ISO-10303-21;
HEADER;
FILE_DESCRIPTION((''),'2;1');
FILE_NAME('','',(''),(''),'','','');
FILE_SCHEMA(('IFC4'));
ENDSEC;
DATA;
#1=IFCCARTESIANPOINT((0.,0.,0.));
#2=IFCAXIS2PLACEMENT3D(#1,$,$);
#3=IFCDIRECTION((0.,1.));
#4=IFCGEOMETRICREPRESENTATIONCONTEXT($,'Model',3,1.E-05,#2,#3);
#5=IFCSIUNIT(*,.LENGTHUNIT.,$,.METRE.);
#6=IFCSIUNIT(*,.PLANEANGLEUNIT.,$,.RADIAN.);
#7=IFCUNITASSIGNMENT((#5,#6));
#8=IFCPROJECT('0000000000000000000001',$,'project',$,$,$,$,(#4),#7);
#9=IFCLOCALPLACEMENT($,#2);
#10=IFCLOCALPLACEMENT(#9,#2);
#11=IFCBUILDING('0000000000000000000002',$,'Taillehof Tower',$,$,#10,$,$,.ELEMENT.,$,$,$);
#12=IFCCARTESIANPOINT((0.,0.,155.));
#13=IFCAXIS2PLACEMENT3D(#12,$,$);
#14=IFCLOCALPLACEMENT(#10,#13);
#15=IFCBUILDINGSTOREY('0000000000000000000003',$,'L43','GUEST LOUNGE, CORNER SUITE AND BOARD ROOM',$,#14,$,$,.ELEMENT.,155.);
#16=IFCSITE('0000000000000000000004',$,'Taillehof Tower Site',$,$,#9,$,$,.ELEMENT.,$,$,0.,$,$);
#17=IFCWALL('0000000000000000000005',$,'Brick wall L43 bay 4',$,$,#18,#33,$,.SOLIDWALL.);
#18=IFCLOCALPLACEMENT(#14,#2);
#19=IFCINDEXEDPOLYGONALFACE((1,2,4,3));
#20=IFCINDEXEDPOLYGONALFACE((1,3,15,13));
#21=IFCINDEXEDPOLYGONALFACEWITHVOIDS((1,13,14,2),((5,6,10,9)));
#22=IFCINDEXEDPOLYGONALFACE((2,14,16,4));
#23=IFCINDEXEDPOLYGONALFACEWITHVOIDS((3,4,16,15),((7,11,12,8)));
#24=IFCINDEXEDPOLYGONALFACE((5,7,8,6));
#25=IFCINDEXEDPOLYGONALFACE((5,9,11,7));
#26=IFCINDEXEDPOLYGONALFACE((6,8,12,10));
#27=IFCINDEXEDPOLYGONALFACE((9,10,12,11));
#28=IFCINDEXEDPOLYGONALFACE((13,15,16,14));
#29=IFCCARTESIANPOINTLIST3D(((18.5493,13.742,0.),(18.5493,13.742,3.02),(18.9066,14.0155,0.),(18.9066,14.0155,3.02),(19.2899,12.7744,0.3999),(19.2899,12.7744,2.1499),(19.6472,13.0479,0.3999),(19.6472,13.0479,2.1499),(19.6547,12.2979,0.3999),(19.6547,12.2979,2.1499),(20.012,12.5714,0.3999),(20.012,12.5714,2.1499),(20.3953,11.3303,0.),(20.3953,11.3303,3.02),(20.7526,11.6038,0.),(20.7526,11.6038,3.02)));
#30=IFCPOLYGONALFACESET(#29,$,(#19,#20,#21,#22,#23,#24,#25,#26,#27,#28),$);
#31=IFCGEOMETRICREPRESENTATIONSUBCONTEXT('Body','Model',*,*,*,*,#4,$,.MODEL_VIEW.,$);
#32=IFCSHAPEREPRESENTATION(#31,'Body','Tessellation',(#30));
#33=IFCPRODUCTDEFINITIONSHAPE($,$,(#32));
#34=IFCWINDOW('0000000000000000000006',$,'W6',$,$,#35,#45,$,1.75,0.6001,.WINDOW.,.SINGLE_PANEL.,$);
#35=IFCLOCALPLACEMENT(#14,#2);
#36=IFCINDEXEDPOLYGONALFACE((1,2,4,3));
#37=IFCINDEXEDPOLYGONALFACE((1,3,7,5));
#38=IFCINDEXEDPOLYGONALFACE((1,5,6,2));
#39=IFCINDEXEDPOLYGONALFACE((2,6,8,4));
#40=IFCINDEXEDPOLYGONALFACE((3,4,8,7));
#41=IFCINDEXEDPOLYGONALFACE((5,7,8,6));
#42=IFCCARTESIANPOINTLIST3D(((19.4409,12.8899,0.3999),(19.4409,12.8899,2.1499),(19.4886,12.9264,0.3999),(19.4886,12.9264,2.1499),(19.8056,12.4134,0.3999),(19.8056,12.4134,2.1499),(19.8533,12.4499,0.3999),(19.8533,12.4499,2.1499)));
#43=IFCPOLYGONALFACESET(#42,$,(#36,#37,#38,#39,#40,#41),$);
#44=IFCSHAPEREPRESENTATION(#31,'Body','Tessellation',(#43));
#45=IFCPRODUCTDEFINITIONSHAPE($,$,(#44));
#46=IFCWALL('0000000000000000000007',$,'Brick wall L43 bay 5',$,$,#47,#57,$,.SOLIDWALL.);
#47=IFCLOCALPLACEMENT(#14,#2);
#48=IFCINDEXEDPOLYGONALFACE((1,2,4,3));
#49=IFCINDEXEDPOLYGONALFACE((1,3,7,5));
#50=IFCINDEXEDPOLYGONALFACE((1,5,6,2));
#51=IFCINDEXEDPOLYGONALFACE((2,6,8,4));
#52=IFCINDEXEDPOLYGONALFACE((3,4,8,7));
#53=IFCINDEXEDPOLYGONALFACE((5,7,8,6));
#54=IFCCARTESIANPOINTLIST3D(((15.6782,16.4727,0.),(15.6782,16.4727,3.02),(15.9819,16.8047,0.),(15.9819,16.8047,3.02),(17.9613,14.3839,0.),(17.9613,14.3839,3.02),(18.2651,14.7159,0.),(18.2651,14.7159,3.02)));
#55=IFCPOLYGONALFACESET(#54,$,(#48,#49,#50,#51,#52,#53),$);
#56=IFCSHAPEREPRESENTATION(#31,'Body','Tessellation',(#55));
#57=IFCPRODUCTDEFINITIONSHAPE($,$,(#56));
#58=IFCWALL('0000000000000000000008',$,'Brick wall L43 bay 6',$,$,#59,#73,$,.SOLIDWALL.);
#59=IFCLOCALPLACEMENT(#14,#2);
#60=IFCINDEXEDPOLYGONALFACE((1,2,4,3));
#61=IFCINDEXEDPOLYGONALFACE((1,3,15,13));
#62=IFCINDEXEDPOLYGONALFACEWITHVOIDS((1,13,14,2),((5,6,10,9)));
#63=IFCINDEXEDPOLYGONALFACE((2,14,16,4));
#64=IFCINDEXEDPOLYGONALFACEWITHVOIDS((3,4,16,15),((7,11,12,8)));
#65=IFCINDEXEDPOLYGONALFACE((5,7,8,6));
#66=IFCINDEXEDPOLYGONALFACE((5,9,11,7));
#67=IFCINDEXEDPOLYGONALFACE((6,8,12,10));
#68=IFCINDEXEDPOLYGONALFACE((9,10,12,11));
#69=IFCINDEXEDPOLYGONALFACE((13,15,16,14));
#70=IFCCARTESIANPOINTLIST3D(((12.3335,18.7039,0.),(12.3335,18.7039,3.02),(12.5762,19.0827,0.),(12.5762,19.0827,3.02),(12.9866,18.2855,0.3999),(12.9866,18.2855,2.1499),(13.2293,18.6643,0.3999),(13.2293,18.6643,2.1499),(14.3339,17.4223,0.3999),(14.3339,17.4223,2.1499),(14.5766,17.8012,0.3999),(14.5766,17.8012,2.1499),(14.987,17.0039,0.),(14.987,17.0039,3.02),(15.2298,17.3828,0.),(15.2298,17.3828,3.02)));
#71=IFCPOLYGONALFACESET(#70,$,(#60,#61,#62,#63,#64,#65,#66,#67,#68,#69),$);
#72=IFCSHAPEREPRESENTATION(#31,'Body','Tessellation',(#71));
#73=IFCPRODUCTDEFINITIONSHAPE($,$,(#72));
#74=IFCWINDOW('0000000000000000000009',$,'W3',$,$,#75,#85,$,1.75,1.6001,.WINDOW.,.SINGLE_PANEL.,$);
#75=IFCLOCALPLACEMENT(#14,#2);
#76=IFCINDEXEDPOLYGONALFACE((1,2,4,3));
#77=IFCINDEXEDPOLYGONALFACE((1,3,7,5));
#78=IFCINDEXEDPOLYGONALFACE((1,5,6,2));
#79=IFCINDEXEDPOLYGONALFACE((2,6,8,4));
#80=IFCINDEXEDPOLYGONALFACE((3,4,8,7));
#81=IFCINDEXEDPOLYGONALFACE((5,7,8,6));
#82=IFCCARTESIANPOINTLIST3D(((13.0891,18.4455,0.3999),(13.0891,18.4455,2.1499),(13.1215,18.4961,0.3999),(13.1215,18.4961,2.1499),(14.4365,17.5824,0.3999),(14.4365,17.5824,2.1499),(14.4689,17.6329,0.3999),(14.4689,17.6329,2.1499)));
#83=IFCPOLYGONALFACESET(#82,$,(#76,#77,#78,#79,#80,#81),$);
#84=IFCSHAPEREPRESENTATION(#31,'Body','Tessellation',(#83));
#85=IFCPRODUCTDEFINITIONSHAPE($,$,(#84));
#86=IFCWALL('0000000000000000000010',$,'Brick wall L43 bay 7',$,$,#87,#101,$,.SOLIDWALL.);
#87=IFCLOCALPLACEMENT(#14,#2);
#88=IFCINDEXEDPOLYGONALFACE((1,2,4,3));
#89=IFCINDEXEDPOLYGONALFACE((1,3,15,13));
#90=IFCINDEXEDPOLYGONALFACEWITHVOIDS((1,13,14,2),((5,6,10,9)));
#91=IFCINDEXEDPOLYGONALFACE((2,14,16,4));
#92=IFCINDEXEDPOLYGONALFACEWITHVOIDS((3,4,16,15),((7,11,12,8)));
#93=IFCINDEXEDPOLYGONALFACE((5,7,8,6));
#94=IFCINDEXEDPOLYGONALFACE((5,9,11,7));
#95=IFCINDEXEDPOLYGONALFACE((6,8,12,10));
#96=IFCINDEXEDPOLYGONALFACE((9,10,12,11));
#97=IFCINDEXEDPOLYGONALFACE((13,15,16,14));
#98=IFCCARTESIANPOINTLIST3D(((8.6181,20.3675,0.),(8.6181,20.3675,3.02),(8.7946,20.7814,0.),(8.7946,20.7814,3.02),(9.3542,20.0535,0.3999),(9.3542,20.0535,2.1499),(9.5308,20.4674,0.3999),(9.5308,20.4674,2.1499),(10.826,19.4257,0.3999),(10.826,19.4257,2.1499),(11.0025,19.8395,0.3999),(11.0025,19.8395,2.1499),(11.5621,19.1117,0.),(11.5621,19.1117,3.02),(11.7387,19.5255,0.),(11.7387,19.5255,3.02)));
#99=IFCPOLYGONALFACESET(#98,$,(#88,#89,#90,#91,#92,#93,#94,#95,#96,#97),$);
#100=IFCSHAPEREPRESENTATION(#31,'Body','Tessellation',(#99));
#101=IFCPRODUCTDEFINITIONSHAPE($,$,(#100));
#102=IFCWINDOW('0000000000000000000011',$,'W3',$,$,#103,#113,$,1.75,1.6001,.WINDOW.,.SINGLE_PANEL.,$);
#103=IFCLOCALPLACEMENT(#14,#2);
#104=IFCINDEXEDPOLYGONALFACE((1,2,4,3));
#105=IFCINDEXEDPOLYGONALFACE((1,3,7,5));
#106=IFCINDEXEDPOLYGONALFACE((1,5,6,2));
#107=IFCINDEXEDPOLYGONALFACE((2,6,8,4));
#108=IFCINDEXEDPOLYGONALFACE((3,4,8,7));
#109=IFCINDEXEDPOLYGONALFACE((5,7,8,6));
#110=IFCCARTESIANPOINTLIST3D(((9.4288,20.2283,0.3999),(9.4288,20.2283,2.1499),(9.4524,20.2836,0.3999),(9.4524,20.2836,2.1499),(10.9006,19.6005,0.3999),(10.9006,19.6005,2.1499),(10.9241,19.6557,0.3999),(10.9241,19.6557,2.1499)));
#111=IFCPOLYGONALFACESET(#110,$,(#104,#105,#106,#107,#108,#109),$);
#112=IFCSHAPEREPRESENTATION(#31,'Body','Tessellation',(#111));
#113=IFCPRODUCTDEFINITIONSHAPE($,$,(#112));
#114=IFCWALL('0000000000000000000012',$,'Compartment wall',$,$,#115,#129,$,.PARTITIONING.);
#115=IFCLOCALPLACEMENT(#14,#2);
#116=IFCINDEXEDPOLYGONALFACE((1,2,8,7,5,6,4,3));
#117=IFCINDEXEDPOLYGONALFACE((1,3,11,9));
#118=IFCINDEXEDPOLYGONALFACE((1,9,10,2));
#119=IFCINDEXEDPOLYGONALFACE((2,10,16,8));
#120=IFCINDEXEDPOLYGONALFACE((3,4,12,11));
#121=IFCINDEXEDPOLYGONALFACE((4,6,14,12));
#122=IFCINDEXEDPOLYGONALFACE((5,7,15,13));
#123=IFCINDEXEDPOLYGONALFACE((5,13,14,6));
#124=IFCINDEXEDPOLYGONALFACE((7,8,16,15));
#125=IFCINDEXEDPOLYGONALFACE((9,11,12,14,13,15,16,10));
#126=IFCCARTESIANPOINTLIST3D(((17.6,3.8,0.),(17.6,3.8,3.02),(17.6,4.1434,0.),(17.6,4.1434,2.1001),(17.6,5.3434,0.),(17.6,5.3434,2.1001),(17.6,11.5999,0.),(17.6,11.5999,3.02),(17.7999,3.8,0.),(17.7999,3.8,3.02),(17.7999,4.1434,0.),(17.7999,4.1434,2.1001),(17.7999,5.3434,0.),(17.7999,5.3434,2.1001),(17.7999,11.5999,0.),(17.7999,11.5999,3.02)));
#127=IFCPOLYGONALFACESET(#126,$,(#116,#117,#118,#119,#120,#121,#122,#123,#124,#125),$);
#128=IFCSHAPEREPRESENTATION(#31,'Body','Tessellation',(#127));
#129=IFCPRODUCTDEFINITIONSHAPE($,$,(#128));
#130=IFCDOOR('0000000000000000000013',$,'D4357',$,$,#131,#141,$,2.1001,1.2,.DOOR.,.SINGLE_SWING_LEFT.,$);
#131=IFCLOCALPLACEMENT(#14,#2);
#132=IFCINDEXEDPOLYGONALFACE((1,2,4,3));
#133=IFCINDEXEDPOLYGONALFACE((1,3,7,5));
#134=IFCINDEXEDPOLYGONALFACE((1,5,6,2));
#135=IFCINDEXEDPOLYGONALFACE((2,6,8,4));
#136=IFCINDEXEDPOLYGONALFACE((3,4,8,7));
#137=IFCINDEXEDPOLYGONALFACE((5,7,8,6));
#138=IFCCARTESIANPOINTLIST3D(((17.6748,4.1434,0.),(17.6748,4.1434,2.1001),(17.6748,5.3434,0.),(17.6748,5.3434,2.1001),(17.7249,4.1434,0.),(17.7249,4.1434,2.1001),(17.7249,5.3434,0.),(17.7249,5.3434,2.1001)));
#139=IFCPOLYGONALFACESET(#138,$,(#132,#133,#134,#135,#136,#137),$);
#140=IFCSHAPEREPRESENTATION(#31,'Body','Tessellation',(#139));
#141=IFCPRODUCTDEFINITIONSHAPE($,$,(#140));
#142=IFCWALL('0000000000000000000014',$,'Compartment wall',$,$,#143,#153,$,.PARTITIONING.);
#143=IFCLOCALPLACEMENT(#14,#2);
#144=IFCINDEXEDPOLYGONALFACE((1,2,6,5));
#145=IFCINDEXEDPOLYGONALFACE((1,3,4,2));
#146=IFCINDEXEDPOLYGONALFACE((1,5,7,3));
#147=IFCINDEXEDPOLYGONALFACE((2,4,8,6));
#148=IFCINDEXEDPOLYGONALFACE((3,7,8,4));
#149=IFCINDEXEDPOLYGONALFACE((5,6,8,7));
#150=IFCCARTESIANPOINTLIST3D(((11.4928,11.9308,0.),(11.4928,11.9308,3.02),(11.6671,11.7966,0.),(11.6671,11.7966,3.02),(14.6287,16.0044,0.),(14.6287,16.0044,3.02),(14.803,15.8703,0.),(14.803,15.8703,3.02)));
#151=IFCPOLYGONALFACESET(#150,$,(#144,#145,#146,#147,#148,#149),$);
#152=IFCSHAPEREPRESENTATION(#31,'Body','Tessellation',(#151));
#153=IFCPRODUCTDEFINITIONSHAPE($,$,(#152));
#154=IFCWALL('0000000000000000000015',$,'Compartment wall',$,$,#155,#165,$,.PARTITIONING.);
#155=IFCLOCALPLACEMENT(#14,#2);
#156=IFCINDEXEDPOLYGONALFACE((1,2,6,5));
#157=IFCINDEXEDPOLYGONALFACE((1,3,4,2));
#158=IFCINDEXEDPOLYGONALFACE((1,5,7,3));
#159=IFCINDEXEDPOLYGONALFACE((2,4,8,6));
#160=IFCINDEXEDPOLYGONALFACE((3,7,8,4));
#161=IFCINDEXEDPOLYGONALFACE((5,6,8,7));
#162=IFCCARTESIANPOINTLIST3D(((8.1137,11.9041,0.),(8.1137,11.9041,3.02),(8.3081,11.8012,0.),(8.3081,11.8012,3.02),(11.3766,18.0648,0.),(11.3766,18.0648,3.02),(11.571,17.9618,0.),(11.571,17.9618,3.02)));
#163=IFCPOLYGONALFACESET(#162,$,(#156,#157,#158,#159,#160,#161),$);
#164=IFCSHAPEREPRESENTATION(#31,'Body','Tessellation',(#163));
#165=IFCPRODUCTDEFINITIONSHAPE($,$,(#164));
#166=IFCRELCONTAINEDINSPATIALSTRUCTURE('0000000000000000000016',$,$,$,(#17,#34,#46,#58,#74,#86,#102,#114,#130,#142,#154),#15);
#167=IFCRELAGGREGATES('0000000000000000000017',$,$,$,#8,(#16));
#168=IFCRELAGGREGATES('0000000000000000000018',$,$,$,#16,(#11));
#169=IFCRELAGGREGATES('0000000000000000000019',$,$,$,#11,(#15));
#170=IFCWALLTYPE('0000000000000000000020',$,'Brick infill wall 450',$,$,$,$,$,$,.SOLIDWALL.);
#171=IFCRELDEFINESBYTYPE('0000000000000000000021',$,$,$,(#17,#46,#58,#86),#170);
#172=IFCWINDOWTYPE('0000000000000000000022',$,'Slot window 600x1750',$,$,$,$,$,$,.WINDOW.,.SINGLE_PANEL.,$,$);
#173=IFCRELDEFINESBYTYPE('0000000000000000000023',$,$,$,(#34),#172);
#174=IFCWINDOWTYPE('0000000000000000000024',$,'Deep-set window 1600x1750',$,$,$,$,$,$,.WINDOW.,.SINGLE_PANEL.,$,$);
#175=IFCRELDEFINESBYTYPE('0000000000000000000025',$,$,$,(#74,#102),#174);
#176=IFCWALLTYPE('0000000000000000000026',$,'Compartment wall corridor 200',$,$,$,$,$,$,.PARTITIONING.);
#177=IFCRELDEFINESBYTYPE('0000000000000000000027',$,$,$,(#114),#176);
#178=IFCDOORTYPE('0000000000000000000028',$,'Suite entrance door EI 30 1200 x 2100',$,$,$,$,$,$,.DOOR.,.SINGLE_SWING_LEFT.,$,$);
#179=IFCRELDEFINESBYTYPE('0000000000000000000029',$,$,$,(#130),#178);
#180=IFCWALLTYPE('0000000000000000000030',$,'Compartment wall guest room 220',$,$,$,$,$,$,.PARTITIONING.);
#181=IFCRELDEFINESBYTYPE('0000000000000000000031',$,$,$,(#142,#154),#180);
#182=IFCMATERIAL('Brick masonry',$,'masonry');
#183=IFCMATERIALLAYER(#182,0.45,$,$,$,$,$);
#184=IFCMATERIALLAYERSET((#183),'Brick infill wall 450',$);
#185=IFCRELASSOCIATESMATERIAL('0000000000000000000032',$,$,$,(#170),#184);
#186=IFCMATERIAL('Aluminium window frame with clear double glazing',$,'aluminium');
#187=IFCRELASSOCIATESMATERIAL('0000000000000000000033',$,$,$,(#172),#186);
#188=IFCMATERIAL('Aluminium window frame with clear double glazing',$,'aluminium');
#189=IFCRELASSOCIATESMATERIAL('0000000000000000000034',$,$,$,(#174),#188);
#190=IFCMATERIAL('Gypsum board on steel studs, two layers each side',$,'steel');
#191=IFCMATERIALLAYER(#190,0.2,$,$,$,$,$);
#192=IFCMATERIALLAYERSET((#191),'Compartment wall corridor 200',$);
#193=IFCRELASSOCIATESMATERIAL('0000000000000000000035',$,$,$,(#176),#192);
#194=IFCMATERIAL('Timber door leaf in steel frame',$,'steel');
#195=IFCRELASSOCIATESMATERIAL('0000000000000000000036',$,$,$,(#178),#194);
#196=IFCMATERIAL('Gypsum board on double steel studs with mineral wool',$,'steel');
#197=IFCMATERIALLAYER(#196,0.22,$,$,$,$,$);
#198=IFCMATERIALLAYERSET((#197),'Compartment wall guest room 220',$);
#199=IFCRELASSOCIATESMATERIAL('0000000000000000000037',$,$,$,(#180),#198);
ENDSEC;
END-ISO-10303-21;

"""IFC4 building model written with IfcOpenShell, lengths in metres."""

from ifc_helpers import new_model, si_unit, direction, frame, frame_2d, origin, place, context, subcontext, project, spatial, rectangle, extrude, material, layer, layer_set, type_object, element, fill, save


model = new_model("IFC4")

# Units and contexts
model_context = context("Model", 3, precision=1e-05, world=origin(), true_north=direction((0.0, 1.0)))
body_context = subcontext(model_context, "Body", "Model", "MODEL_VIEW")
ifc_project = project(units=[si_unit("LENGTHUNIT", "METRE"), si_unit("PLANEANGLEUNIT", "RADIAN")], contexts=[model_context])

# Site, building, storey
site_placement = place(None, origin())
site = spatial("IfcSite", under=ifc_project, at=site_placement, Name="Taillehof Tower Site", CompositionType="ELEMENT", RefElevation=0.0)
building_placement = place(site_placement, origin())
building = spatial("IfcBuilding", under=site, at=building_placement, Name="Taillehof Tower", CompositionType="ELEMENT")
storey_placement = place(building_placement, frame((0.0, 0.0, 155.0)))
storey = spatial("IfcBuildingStorey", under=building, at=storey_placement, Name="L43", Description="GUEST LOUNGE, CORNER SUITE AND BOARD ROOM", CompositionType="ELEMENT", Elevation=155.0)

# Wall, opening, window
ifc_material_1 = material(Name="Brick masonry", Category="masonry")
ifc_layer_1 = layer(ifc_material_1, 0.45)
ifc_layer_set_1 = layer_set([ifc_layer_1], Name="Brick infill wall 450")
wall_type_1 = type_object("IfcWallType", Name="Brick infill wall 450", PredefinedType="SOLIDWALL", material=ifc_layer_set_1)
wall_1_placement = place(storey_placement, frame((20.574, 11.467, 0.0), z_axis=(0.0, 0.0, 1.0), x_axis=(-0.607817, 0.794077, 0.0)))
wall_1 = element("IfcWall", 1, at=wall_1_placement, inside=storey, type_object=wall_type_1, Name="Brick wall L43 bay 4", PredefinedType="SOLIDWALL", context=body_context, shape_type="SweptSolid", body=[
    extrude(rectangle(XDim=3.0371, YDim=0.45, at=frame_2d((1.5186, 0.0))), origin(), (0.0, 0.0, 1.0), 3.02),
])
opening_1_placement = place(wall_1_placement, frame((1.2185, 0.0, 0.3999)))
opening_1 = element("IfcOpeningElement", 2, at=opening_1_placement, cuts=wall_1, PredefinedType="OPENING", context=body_context, shape_type="SweptSolid", body=[
    extrude(rectangle(XDim=0.6001, YDim=1.75, at=frame_2d((0.3, 0.875))), frame((0.0, 0.2349, 0.0), z_axis=(0.0, -1.0, 0.0), x_axis=(1.0, 0.0, 0.0)), (0.0, 0.0, 1.0), 0.47),
])
ifc_material_2 = material(Name="Aluminium window frame with clear double glazing", Category="aluminium")
window_type_1 = type_object("IfcWindowType", Name="Slot window 600x1750", PartitioningType="SINGLE_PANEL", PredefinedType="WINDOW", material=ifc_material_2)
window_1_placement = place(opening_1_placement, origin())
window_1 = element("IfcWindow", 3, at=window_1_placement, inside=storey, type_object=window_type_1, Name="W6", OverallHeight=1.75, OverallWidth=0.6001, PartitioningType="SINGLE_PANEL", PredefinedType="WINDOW", context=body_context, shape_type="SweptSolid", body=[
    extrude(rectangle(XDim=0.6001, YDim=1.75, at=frame_2d((0.3, 0.875))), frame((0.0, 0.0349, 0.0), z_axis=(0.0, -1.0, 0.0), x_axis=(1.0, 0.0, 0.0)), (0.0, 0.0, 1.0), 0.0601),
])
fill(opening_1, window_1)

# Wall
wall_2_placement = place(storey_placement, frame((18.1133, 14.5498, 0.0), z_axis=(0.0, 0.0, 1.0), x_axis=(-0.737809, 0.67501, 0.0)))
element("IfcWall", 4, at=wall_2_placement, inside=storey, type_object=wall_type_1, Name="Brick wall L43 bay 5", PredefinedType="SOLIDWALL", context=body_context, shape_type="SweptSolid", body=[
    extrude(rectangle(XDim=3.0945, YDim=0.45, at=frame_2d((1.5474, 0.0))), origin(), (0.0, 0.0, 1.0), 3.02),
])

# Walls, openings, windows
wall_3_placement = place(storey_placement, frame((15.1084, 17.1934, 0.0), z_axis=(0.0, 0.0, 1.0), x_axis=(-0.842031, 0.53943, 0.0)))
wall_3 = element("IfcWall", 5, at=wall_3_placement, inside=storey, type_object=wall_type_1, Name="Brick wall L43 bay 6", PredefinedType="SOLIDWALL", context=body_context, shape_type="SweptSolid", body=[
    extrude(rectangle(XDim=3.1514, YDim=0.45, at=frame_2d((1.5757, 0.0))), origin(), (0.0, 0.0, 1.0), 3.02),
])
opening_2_placement = place(wall_3_placement, frame((0.7756, 0.0, 0.3999)))
opening_2 = element("IfcOpeningElement", 6, at=opening_2_placement, cuts=wall_3, PredefinedType="OPENING", context=body_context, shape_type="SweptSolid", body=[
    extrude(rectangle(XDim=1.6001, YDim=1.75, at=frame_2d((0.8, 0.875))), frame((0.0, 0.2349, 0.0), z_axis=(0.0, -1.0, 0.0), x_axis=(1.0, 0.0, 0.0)), (0.0, 0.0, 1.0), 0.47),
])
ifc_material_3 = material(Name="Aluminium window frame with clear double glazing", Category="aluminium")
window_type_2 = type_object("IfcWindowType", Name="Deep-set window 1600x1750", PartitioningType="SINGLE_PANEL", PredefinedType="WINDOW", material=ifc_material_3)
window_2_placement = place(opening_2_placement, origin())
window_2 = element("IfcWindow", 7, at=window_2_placement, inside=storey, type_object=window_type_2, Name="W3", OverallHeight=1.75, OverallWidth=1.6001, PartitioningType="SINGLE_PANEL", PredefinedType="WINDOW", context=body_context, shape_type="SweptSolid", body=[
    extrude(rectangle(XDim=1.6001, YDim=1.75, at=frame_2d((0.8, 0.875))), frame((0.0, 0.0349, 0.0), z_axis=(0.0, -1.0, 0.0), x_axis=(1.0, 0.0, 0.0)), (0.0, 0.0, 1.0), 0.0601),
])
fill(opening_2, window_2)
wall_4_placement = place(storey_placement, frame((11.6504, 19.3186, 0.0), z_axis=(0.0, 0.0, 1.0), x_axis=(-0.91981, 0.392363, 0.0)))
wall_4 = element("IfcWall", 8, at=wall_4_placement, inside=storey, type_object=wall_type_1, Name="Brick wall L43 bay 7", PredefinedType="SOLIDWALL", context=body_context, shape_type="SweptSolid", body=[
    extrude(rectangle(XDim=3.2007, YDim=0.45, at=frame_2d((1.6003, 0.0))), origin(), (0.0, 0.0, 1.0), 3.02),
])
opening_3_placement = place(wall_4_placement, frame((0.8003, 0.0, 0.3999)))
opening_3 = element("IfcOpeningElement", 9, at=opening_3_placement, cuts=wall_4, PredefinedType="OPENING", context=body_context, shape_type="SweptSolid", body=[
    extrude(rectangle(XDim=1.6001, YDim=1.75, at=frame_2d((0.8, 0.875))), frame((0.0, 0.2349, 0.0), z_axis=(0.0, -1.0, 0.0), x_axis=(1.0, 0.0, 0.0)), (0.0, 0.0, 1.0), 0.47),
])
window_3_placement = place(opening_3_placement, origin())
window_3 = element("IfcWindow", 10, at=window_3_placement, inside=storey, type_object=window_type_2, Name="W3", OverallHeight=1.75, OverallWidth=1.6001, PartitioningType="SINGLE_PANEL", PredefinedType="WINDOW", context=body_context, shape_type="SweptSolid", body=[
    extrude(rectangle(XDim=1.6001, YDim=1.75, at=frame_2d((0.8, 0.875))), frame((0.0, 0.0349, 0.0), z_axis=(0.0, -1.0, 0.0), x_axis=(1.0, 0.0, 0.0)), (0.0, 0.0, 1.0), 0.0601),
])
fill(opening_3, window_3)

# Wall, opening, door
ifc_material_4 = material(Name="Gypsum board on steel studs, two layers each side", Category="steel")
ifc_layer_2 = layer(ifc_material_4, 0.2)
ifc_layer_set_2 = layer_set([ifc_layer_2], Name="Compartment wall corridor 200")
wall_type_2 = type_object("IfcWallType", Name="Compartment wall corridor 200", PredefinedType="PARTITIONING", material=ifc_layer_set_2)
wall_5_placement = place(storey_placement, frame((17.7, 11.5999, 0.0), z_axis=(0.0, 0.0, 1.0), x_axis=(0.0, -1.0, 0.0)))
wall_5 = element("IfcWall", 11, at=wall_5_placement, inside=storey, type_object=wall_type_2, Name="Compartment wall", PredefinedType="PARTITIONING", context=body_context, shape_type="SweptSolid", body=[
    extrude(rectangle(XDim=7.7998, YDim=0.2, at=frame_2d((3.8999, 0.0))), origin(), (0.0, 0.0, 1.0), 3.02),
])
opening_4_placement = place(wall_5_placement, frame((6.2563, 0.0, 0.0)))
opening_4 = element("IfcOpeningElement", 12, at=opening_4_placement, cuts=wall_5, PredefinedType="OPENING", context=body_context, shape_type="SweptSolid", body=[
    extrude(rectangle(XDim=1.2, YDim=2.1001, at=frame_2d((0.6001, 1.05))), frame((0.0, 0.1099, 0.0), z_axis=(0.0, -1.0, 0.0), x_axis=(1.0, 0.0, 0.0)), (0.0, 0.0, 1.0), 0.22),
])
ifc_material_5 = material(Name="Timber door leaf in steel frame", Category="steel")
door_type = type_object("IfcDoorType", Name="Suite entrance door EI 30 1200 x 2100", OperationType="SINGLE_SWING_LEFT", PredefinedType="DOOR", material=ifc_material_5)
door_placement = place(opening_4_placement, origin())
door = element("IfcDoor", 13, at=door_placement, inside=storey, type_object=door_type, Name="D4357", OperationType="SINGLE_SWING_LEFT", OverallHeight=2.1001, OverallWidth=1.2, PredefinedType="DOOR", context=body_context, shape_type="SweptSolid", body=[
    extrude(rectangle(XDim=1.2, YDim=2.1001, at=frame_2d((0.6001, 1.05))), frame((0.0, 0.0249, 0.0), z_axis=(0.0, -1.0, 0.0), x_axis=(1.0, 0.0, 0.0)), (0.0, 0.0, 1.0), 0.05),
])
fill(opening_4, door)

# Walls
ifc_material_6 = material(Name="Gypsum board on double steel studs with mineral wool", Category="steel")
ifc_layer_3 = layer(ifc_material_6, 0.22)
ifc_layer_set_3 = layer_set([ifc_layer_3], Name="Compartment wall guest room 220")
wall_type_3 = type_object("IfcWallType", Name="Compartment wall guest room 220", PredefinedType="PARTITIONING", material=ifc_layer_set_3)
wall_6_placement = place(storey_placement, frame((14.7158, 15.9373, 0.0), z_axis=(0.0, 0.0, 1.0), x_axis=(-0.609998, -0.792403, 0.0)))
element("IfcWall", 14, at=wall_6_placement, inside=storey, type_object=wall_type_3, Name="Compartment wall", PredefinedType="PARTITIONING", context=body_context, shape_type="SweptSolid", body=[
    extrude(rectangle(XDim=5.1409, YDim=0.22, at=frame_2d((2.5703, 0.0))), origin(), (0.0, 0.0, 1.0), 3.02),
])
wall_7_placement = place(storey_placement, frame((11.4739, 18.0134, 0.0), z_axis=(0.0, 0.0, 1.0), x_axis=(-0.468047, -0.883704, 0.0)))
element("IfcWall", 15, at=wall_7_placement, inside=storey, type_object=wall_type_3, Name="Compartment wall", PredefinedType="PARTITIONING", context=body_context, shape_type="SweptSolid", body=[
    extrude(rectangle(XDim=6.9714, YDim=0.22, at=frame_2d((3.4858, 0.0))), origin(), (0.0, 0.0, 1.0), 3.02),
])

save(model, "model.ifc")
